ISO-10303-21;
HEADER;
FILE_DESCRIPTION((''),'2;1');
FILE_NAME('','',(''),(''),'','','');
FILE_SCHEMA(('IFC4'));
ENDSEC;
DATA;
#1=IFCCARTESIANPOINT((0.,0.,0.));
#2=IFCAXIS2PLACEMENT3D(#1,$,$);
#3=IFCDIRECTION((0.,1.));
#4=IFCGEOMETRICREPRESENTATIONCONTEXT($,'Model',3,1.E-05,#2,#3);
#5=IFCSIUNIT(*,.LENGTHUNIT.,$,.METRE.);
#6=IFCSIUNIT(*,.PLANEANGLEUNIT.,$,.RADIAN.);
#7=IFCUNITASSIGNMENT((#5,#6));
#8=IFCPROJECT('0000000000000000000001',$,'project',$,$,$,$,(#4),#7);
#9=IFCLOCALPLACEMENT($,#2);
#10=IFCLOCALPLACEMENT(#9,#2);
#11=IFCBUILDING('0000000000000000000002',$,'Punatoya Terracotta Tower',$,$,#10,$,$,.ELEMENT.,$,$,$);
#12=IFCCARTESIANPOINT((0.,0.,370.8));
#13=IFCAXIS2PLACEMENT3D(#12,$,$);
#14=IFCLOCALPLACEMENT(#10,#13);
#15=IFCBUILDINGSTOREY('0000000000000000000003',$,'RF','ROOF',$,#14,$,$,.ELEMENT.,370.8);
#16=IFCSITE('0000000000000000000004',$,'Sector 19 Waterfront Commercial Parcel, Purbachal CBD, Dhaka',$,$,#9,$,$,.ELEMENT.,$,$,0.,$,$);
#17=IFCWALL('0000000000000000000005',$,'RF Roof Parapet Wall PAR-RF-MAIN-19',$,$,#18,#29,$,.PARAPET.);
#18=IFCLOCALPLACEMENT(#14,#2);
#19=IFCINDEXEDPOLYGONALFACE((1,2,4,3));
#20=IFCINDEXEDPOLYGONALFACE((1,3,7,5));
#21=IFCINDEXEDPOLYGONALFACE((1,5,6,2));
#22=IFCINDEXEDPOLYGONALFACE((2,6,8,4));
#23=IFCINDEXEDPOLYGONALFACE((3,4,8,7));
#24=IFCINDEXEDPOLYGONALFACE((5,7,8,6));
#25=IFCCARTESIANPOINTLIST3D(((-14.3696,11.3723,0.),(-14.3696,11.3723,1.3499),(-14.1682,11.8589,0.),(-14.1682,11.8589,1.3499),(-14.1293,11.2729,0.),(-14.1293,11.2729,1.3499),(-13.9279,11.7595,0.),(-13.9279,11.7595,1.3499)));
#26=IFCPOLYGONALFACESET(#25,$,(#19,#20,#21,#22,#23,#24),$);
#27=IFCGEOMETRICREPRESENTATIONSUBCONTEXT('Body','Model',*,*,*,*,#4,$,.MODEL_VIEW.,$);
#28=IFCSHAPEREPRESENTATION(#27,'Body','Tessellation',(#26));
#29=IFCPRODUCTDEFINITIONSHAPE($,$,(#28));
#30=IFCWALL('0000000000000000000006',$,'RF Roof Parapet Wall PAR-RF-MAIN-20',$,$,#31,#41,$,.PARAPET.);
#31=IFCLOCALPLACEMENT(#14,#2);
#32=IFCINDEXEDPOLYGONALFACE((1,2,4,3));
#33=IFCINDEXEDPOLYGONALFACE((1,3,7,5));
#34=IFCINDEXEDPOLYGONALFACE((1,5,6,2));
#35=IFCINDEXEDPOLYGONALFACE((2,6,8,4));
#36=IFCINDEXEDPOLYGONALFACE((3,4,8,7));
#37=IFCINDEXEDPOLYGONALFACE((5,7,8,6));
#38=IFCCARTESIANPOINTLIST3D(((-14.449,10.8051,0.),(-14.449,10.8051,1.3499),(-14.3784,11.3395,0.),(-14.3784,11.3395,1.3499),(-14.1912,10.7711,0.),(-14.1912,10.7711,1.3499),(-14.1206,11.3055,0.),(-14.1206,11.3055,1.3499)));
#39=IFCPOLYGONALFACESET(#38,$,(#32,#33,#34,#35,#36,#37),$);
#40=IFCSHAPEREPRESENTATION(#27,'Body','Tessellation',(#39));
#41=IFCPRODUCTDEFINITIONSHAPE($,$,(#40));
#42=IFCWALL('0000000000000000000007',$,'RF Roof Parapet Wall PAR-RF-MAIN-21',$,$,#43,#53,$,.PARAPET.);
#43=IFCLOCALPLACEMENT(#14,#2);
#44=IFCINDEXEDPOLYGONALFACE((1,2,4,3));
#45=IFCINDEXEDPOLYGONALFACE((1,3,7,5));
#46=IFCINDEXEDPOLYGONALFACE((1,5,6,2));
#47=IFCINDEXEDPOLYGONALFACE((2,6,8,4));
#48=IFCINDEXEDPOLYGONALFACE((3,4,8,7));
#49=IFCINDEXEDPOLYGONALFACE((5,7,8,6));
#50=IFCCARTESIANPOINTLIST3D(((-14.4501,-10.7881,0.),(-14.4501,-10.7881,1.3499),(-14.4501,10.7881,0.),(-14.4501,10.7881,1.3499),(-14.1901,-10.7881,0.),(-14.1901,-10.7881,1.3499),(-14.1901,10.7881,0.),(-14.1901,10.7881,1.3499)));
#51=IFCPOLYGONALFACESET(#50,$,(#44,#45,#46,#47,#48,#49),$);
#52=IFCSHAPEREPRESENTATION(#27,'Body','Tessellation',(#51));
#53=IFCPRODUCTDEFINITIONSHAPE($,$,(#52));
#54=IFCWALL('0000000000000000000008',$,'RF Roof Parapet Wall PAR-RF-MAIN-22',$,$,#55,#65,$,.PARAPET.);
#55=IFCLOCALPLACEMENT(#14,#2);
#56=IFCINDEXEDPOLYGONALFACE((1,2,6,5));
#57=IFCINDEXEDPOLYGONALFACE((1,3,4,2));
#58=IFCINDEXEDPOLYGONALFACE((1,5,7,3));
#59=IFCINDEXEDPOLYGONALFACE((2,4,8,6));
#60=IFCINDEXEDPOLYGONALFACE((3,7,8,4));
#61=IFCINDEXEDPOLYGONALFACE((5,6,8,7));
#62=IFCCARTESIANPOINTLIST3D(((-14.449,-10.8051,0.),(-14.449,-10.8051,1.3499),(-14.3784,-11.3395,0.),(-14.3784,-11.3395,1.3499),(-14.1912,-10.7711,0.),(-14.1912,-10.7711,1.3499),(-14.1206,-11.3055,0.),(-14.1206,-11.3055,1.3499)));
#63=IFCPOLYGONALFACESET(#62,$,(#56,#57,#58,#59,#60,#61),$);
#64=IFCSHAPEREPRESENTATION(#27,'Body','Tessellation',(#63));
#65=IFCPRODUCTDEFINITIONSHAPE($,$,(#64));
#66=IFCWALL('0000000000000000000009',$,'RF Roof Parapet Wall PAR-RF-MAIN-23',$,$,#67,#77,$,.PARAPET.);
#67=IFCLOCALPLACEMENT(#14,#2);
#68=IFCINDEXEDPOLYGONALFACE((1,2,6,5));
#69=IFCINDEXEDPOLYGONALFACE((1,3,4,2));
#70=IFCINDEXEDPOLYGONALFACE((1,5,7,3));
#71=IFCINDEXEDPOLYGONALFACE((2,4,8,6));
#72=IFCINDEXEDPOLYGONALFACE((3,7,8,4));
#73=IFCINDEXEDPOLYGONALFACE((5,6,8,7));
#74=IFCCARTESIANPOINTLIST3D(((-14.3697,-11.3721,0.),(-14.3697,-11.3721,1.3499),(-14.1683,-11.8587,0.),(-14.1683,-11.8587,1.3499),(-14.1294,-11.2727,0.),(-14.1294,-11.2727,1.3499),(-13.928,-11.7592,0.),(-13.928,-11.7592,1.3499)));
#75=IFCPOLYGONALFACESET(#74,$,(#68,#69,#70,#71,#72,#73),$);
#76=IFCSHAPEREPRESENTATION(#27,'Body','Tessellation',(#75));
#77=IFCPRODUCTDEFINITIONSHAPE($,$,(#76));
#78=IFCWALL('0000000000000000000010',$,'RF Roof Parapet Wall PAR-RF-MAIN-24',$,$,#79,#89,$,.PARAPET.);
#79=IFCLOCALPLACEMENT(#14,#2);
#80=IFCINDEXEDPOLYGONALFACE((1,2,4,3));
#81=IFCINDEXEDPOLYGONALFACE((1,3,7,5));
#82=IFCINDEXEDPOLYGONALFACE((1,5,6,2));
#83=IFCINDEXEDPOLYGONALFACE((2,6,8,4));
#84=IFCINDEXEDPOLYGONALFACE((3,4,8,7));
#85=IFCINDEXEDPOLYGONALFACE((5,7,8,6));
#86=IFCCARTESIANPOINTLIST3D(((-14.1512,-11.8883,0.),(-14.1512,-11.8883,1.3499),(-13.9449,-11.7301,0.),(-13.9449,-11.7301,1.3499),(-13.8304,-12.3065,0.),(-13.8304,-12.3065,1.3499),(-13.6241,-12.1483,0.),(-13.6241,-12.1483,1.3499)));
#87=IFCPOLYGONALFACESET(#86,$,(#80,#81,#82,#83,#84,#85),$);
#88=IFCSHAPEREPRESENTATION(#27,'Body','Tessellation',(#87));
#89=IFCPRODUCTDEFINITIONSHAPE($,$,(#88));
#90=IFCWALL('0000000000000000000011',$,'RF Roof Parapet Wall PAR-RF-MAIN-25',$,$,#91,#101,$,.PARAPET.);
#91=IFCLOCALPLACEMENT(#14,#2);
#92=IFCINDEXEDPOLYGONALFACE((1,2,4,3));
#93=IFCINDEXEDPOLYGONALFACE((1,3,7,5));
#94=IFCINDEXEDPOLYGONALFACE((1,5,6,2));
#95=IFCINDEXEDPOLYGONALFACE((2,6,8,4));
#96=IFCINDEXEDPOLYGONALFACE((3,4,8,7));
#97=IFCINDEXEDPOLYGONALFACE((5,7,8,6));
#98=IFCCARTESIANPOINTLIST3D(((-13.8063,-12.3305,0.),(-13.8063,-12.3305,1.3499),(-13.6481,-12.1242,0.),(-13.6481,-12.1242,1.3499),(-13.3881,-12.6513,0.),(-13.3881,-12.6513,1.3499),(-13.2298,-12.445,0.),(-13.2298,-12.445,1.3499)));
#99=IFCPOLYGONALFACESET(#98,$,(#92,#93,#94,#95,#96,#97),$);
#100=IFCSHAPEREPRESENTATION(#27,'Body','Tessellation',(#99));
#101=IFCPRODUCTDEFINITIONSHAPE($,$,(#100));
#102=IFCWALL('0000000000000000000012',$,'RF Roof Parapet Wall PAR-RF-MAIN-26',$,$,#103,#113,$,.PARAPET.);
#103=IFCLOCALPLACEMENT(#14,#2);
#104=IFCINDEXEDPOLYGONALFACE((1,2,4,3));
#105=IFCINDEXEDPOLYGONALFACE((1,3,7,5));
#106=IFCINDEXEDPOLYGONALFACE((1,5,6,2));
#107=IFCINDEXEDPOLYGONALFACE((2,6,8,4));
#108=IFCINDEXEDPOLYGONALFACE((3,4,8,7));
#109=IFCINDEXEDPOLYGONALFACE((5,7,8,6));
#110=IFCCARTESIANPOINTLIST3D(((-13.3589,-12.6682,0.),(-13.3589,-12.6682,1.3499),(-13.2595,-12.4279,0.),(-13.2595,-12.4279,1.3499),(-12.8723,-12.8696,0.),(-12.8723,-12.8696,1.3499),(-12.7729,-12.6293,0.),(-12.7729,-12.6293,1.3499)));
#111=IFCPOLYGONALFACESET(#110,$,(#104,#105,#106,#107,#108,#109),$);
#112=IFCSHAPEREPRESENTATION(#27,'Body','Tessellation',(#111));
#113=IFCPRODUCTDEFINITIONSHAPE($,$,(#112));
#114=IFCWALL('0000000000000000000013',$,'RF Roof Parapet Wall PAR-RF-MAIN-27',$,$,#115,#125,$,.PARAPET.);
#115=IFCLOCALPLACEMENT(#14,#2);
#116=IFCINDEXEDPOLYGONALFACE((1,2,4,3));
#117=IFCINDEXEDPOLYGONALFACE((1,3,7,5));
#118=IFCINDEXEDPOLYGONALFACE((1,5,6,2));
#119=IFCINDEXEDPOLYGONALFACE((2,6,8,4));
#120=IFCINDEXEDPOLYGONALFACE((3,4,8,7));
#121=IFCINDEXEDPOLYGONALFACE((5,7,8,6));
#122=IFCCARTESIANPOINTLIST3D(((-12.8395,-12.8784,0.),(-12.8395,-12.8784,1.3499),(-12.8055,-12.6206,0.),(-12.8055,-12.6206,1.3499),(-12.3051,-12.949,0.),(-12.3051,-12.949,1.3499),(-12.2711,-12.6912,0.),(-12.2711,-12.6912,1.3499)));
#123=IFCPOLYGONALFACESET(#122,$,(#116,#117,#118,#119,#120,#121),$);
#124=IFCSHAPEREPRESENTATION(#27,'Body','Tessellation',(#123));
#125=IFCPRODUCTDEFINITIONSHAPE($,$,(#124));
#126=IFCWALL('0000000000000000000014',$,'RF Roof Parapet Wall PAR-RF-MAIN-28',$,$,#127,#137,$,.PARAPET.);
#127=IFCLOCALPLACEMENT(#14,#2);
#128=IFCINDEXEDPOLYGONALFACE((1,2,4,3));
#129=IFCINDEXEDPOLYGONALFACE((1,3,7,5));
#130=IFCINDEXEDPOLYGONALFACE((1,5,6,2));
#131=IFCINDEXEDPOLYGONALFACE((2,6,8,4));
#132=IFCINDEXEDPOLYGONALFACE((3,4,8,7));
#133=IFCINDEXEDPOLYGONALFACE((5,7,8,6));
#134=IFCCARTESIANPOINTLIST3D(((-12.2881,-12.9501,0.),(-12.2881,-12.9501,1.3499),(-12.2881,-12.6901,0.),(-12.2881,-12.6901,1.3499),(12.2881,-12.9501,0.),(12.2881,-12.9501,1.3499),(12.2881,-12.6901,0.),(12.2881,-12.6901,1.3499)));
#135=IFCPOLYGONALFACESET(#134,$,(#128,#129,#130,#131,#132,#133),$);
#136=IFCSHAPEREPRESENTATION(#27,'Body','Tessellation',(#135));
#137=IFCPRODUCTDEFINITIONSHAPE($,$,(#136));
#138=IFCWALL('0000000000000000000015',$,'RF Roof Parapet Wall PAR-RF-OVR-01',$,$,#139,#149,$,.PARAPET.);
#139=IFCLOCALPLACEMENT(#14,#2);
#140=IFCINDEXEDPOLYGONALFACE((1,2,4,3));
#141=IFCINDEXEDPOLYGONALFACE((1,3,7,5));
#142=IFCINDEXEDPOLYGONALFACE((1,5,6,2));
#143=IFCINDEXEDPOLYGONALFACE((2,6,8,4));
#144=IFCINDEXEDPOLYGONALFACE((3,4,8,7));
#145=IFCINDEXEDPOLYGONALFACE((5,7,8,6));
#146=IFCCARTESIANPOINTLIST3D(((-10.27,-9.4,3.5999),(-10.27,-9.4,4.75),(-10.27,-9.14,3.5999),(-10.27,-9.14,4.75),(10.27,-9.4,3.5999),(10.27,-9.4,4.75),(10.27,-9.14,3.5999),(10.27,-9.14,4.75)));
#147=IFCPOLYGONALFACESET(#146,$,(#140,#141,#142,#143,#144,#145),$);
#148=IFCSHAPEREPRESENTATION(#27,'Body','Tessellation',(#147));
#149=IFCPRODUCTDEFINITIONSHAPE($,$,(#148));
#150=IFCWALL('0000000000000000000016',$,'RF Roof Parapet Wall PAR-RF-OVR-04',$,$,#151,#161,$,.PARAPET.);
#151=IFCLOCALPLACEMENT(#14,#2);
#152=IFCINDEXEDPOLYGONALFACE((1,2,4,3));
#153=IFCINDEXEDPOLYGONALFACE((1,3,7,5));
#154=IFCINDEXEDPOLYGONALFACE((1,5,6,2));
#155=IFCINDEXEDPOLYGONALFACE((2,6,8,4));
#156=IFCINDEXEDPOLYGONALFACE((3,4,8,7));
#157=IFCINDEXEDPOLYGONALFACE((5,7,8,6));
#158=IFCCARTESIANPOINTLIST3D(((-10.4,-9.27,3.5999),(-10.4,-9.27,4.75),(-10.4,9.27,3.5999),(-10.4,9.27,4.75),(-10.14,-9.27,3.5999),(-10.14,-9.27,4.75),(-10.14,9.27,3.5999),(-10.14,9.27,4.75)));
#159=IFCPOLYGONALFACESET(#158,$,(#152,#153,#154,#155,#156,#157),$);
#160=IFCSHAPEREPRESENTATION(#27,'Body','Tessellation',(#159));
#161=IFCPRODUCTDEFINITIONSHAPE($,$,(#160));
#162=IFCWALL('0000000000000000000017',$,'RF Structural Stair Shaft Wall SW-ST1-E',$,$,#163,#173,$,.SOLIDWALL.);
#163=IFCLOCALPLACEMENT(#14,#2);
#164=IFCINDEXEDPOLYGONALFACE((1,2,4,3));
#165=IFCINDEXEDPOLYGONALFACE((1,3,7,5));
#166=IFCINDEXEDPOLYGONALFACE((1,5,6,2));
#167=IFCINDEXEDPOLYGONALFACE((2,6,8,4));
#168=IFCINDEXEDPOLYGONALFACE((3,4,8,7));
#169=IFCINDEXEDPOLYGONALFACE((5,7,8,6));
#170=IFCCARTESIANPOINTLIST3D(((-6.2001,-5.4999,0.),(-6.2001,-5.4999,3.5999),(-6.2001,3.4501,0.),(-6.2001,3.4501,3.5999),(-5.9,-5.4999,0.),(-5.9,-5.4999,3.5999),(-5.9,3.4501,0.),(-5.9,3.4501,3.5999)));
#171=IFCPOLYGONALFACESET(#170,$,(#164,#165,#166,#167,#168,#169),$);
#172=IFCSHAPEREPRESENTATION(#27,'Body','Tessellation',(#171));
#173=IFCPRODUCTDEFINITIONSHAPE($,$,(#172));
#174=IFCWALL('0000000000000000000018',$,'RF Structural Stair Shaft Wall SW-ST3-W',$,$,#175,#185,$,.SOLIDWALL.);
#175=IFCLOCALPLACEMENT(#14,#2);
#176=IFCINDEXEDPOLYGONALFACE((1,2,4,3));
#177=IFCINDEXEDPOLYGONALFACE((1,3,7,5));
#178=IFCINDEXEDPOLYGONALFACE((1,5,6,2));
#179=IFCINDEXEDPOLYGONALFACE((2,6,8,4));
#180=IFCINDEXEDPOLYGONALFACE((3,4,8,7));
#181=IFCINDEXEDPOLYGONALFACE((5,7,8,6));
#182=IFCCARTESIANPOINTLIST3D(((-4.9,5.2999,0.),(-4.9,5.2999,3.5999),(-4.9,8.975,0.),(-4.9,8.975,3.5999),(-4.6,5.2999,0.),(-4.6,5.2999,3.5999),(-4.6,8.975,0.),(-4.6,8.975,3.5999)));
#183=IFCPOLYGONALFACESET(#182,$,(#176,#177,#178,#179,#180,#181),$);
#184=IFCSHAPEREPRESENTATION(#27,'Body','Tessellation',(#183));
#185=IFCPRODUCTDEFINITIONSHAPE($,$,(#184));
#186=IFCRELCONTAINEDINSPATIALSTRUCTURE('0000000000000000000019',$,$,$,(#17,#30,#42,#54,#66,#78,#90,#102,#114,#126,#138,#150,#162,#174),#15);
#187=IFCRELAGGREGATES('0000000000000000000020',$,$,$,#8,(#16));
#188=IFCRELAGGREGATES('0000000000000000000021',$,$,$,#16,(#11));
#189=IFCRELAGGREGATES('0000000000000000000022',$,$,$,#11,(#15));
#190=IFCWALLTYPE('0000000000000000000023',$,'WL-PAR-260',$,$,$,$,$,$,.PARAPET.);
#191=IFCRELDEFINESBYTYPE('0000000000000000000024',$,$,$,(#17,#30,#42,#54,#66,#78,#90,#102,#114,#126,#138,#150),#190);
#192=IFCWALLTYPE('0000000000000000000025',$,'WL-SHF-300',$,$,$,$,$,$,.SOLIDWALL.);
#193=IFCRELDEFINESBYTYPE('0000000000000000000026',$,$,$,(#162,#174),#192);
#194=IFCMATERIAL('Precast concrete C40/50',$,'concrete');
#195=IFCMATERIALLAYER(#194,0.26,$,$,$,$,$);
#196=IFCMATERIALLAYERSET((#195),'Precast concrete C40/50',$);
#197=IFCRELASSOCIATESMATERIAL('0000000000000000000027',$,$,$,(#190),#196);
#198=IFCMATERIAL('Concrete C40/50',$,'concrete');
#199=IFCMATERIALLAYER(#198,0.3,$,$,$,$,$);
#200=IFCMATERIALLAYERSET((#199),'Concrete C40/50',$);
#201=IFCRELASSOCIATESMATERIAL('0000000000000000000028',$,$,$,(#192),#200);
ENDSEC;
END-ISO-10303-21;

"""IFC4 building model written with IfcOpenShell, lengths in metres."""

from ifc_helpers import new_model, si_unit, direction, frame, frame_2d, origin, place, context, subcontext, project, spatial, rectangle, extrude, material, layer, layer_set, type_object, element, save


model = new_model("IFC4")

# Units and contexts
model_context = context("Model", 3, precision=1e-05, world=origin(), true_north=direction((0.0, 1.0)))
body_context = subcontext(model_context, "Body", "Model", "MODEL_VIEW")
ifc_project = project(units=[si_unit("LENGTHUNIT", "METRE"), si_unit("PLANEANGLEUNIT", "RADIAN")], contexts=[model_context])

# Site, building, storey
site_placement = place(None, origin())
site = spatial("IfcSite", under=ifc_project, at=site_placement, Name="Sector 19 Waterfront Commercial Parcel, Purbachal CBD, Dhaka", CompositionType="ELEMENT", RefElevation=0.0)
building_placement = place(site_placement, origin())
building = spatial("IfcBuilding", under=site, at=building_placement, Name="Punatoya Terracotta Tower", CompositionType="ELEMENT")
storey_placement = place(building_placement, frame((0.0, 0.0, 370.8)))
storey = spatial("IfcBuildingStorey", under=building, at=storey_placement, Name="RF", Description="ROOF", CompositionType="ELEMENT", Elevation=370.8)

# Walls
ifc_material_1 = material(Name="Precast concrete C40/50", Category="concrete")
ifc_layer_1 = layer(ifc_material_1, 0.26)
ifc_layer_set_1 = layer_set([ifc_layer_1], Name="Precast concrete C40/50")
wall_type_1 = type_object("IfcWallType", Name="WL-PAR-260", PredefinedType="PARAPET", material=ifc_layer_set_1)
wall_1_placement = place(storey_placement, frame((-14.0481, 11.8091, 0.0), z_axis=(0.0, 0.0, 1.0), x_axis=(-0.382475, -0.923966, 0.0)))
element("IfcWall", 1, at=wall_1_placement, inside=storey, type_object=wall_type_1, Name="RF Roof Parapet Wall PAR-RF-MAIN-19", PredefinedType="PARAPET", context=body_context, shape_type="SweptSolid", body=[
    extrude(rectangle(XDim=0.5266, YDim=0.26, at=frame_2d((0.2632, 0.0))), origin(), (0.0, 0.0, 1.0), 1.3499),
])
wall_2_placement = place(storey_placement, frame((-14.2495, 11.3225, 0.0), z_axis=(0.0, 0.0, 1.0), x_axis=(-0.130888, -0.991397, 0.0)))
element("IfcWall", 2, at=wall_2_placement, inside=storey, type_object=wall_type_1, Name="RF Roof Parapet Wall PAR-RF-MAIN-20", PredefinedType="PARAPET", context=body_context, shape_type="SweptSolid", body=[
    extrude(rectangle(XDim=0.5391, YDim=0.26, at=frame_2d((0.2695, 0.0))), origin(), (0.0, 0.0, 1.0), 1.3499),
])
wall_3_placement = place(storey_placement, frame((-14.3201, 10.7881, 0.0), z_axis=(0.0, 0.0, 1.0), x_axis=(0.0, -1.0, 0.0)))
element("IfcWall", 3, at=wall_3_placement, inside=storey, type_object=wall_type_1, Name="RF Roof Parapet Wall PAR-RF-MAIN-21", PredefinedType="PARAPET", context=body_context, shape_type="SweptSolid", body=[
    extrude(rectangle(XDim=21.5762, YDim=0.26, at=frame_2d((10.7881, 0.0))), origin(), (0.0, 0.0, 1.0), 1.3499),
])
wall_4_placement = place(storey_placement, frame((-14.3201, -10.7881, 0.0), z_axis=(0.0, 0.0, 1.0), x_axis=(0.130888, -0.991397, 0.0)))
element("IfcWall", 4, at=wall_4_placement, inside=storey, type_object=wall_type_1, Name="RF Roof Parapet Wall PAR-RF-MAIN-22", PredefinedType="PARAPET", context=body_context, shape_type="SweptSolid", body=[
    extrude(rectangle(XDim=0.5391, YDim=0.26, at=frame_2d((0.2695, 0.0))), origin(), (0.0, 0.0, 1.0), 1.3499),
])
wall_5_placement = place(storey_placement, frame((-14.2495, -11.3225, 0.0), z_axis=(0.0, 0.0, 1.0), x_axis=(0.382475, -0.923966, 0.0)))
element("IfcWall", 5, at=wall_5_placement, inside=storey, type_object=wall_type_1, Name="RF Roof Parapet Wall PAR-RF-MAIN-23", PredefinedType="PARAPET", context=body_context, shape_type="SweptSolid", body=[
    extrude(rectangle(XDim=0.5266, YDim=0.26, at=frame_2d((0.2632, 0.0))), origin(), (0.0, 0.0, 1.0), 1.3499),
])
for number, where, z_axis, x_axis, name in (
    (6, (-14.0481, -11.8091, 0.0), (0.0, 0.0, 1.0), (0.608636, -0.79345, 0.0), "RF Roof Parapet Wall PAR-RF-MAIN-24"),
    (7, (-13.7273, -12.2273, 0.0), (0.0, 0.0, 1.0), (0.79345, -0.608636, 0.0), "RF Roof Parapet Wall PAR-RF-MAIN-25"),
):
    element("IfcWall", number, at=place(storey_placement, frame(where, z_axis=z_axis, x_axis=x_axis)), inside=storey, type_object=wall_type_1, Name=name, PredefinedType="PARAPET", context=body_context, shape_type="SweptSolid", body=[
        extrude(rectangle(XDim=0.5271, YDim=0.26, at=frame_2d((0.2637, 0.0))), origin(), (0.0, 0.0, 1.0), 1.3499),
    ])
wall_6_placement = place(storey_placement, frame((-13.3091, -12.5481, 0.0), z_axis=(0.0, 0.0, 1.0), x_axis=(0.923966, -0.382475, 0.0)))
element("IfcWall", 8, at=wall_6_placement, inside=storey, type_object=wall_type_1, Name="RF Roof Parapet Wall PAR-RF-MAIN-26", PredefinedType="PARAPET", context=body_context, shape_type="SweptSolid", body=[
    extrude(rectangle(XDim=0.5266, YDim=0.26, at=frame_2d((0.2632, 0.0))), origin(), (0.0, 0.0, 1.0), 1.3499),
])
wall_7_placement = place(storey_placement, frame((-12.8225, -12.7495, 0.0), z_axis=(0.0, 0.0, 1.0), x_axis=(0.991397, -0.130888, 0.0)))
element("IfcWall", 9, at=wall_7_placement, inside=storey, type_object=wall_type_1, Name="RF Roof Parapet Wall PAR-RF-MAIN-27", PredefinedType="PARAPET", context=body_context, shape_type="SweptSolid", body=[
    extrude(rectangle(XDim=0.5391, YDim=0.26, at=frame_2d((0.2695, 0.0))), origin(), (0.0, 0.0, 1.0), 1.3499),
])
wall_8_placement = place(storey_placement, frame((-12.2881, -12.8201, 0.0), z_axis=(0.0, 0.0, 1.0), x_axis=(1.0, 0.0, 0.0)))
element("IfcWall", 10, at=wall_8_placement, inside=storey, type_object=wall_type_1, Name="RF Roof Parapet Wall PAR-RF-MAIN-28", PredefinedType="PARAPET", context=body_context, shape_type="SweptSolid", body=[
    extrude(rectangle(XDim=24.5762, YDim=0.26, at=frame_2d((12.2881, 0.0))), origin(), (0.0, 0.0, 1.0), 1.3499),
])
wall_9_placement = place(storey_placement, frame((-10.27, -9.27, 3.5999), z_axis=(0.0, 0.0, 1.0), x_axis=(1.0, 0.0, 0.0)))
element("IfcWall", 11, at=wall_9_placement, inside=storey, type_object=wall_type_1, Name="RF Roof Parapet Wall PAR-RF-OVR-01", PredefinedType="PARAPET", context=body_context, shape_type="SweptSolid", body=[
    extrude(rectangle(XDim=20.54, YDim=0.26, at=frame_2d((10.27, 0.0))), origin(), (0.0, 0.0, 1.0), 1.1501),
])
wall_10_placement = place(storey_placement, frame((-10.27, 9.27, 3.5999), z_axis=(0.0, 0.0, 1.0), x_axis=(0.0, -1.0, 0.0)))
element("IfcWall", 12, at=wall_10_placement, inside=storey, type_object=wall_type_1, Name="RF Roof Parapet Wall PAR-RF-OVR-04", PredefinedType="PARAPET", context=body_context, shape_type="SweptSolid", body=[
    extrude(rectangle(XDim=18.54, YDim=0.26, at=frame_2d((9.27, 0.0))), origin(), (0.0, 0.0, 1.0), 1.1501),
])
ifc_material_2 = material(Name="Concrete C40/50", Category="concrete")
ifc_layer_2 = layer(ifc_material_2, 0.3)
ifc_layer_set_2 = layer_set([ifc_layer_2], Name="Concrete C40/50")
wall_type_2 = type_object("IfcWallType", Name="WL-SHF-300", PredefinedType="SOLIDWALL", material=ifc_layer_set_2)
wall_11_placement = place(storey_placement, frame((-6.05, -5.5, 0.0), z_axis=(0.0, 0.0, 1.0), x_axis=(0.0, 1.0, 0.0)))
element("IfcWall", 13, at=wall_11_placement, inside=storey, type_object=wall_type_2, Name="RF Structural Stair Shaft Wall SW-ST1-E", PredefinedType="SOLIDWALL", context=body_context, shape_type="SweptSolid", body=[
    extrude(rectangle(XDim=8.95, YDim=0.3, at=frame_2d((4.4751, 0.0))), origin(), (0.0, 0.0, 1.0), 3.5999),
])
wall_12_placement = place(storey_placement, frame((-4.75, 5.3, 0.0), z_axis=(0.0, 0.0, 1.0), x_axis=(0.0, 1.0, 0.0)))
element("IfcWall", 14, at=wall_12_placement, inside=storey, type_object=wall_type_2, Name="RF Structural Stair Shaft Wall SW-ST3-W", PredefinedType="SOLIDWALL", context=body_context, shape_type="SweptSolid", body=[
    extrude(rectangle(XDim=3.675, YDim=0.3, at=frame_2d((1.8374, 0.0))), origin(), (0.0, 0.0, 1.0), 3.5999),
])

save(model, "model.ifc")
